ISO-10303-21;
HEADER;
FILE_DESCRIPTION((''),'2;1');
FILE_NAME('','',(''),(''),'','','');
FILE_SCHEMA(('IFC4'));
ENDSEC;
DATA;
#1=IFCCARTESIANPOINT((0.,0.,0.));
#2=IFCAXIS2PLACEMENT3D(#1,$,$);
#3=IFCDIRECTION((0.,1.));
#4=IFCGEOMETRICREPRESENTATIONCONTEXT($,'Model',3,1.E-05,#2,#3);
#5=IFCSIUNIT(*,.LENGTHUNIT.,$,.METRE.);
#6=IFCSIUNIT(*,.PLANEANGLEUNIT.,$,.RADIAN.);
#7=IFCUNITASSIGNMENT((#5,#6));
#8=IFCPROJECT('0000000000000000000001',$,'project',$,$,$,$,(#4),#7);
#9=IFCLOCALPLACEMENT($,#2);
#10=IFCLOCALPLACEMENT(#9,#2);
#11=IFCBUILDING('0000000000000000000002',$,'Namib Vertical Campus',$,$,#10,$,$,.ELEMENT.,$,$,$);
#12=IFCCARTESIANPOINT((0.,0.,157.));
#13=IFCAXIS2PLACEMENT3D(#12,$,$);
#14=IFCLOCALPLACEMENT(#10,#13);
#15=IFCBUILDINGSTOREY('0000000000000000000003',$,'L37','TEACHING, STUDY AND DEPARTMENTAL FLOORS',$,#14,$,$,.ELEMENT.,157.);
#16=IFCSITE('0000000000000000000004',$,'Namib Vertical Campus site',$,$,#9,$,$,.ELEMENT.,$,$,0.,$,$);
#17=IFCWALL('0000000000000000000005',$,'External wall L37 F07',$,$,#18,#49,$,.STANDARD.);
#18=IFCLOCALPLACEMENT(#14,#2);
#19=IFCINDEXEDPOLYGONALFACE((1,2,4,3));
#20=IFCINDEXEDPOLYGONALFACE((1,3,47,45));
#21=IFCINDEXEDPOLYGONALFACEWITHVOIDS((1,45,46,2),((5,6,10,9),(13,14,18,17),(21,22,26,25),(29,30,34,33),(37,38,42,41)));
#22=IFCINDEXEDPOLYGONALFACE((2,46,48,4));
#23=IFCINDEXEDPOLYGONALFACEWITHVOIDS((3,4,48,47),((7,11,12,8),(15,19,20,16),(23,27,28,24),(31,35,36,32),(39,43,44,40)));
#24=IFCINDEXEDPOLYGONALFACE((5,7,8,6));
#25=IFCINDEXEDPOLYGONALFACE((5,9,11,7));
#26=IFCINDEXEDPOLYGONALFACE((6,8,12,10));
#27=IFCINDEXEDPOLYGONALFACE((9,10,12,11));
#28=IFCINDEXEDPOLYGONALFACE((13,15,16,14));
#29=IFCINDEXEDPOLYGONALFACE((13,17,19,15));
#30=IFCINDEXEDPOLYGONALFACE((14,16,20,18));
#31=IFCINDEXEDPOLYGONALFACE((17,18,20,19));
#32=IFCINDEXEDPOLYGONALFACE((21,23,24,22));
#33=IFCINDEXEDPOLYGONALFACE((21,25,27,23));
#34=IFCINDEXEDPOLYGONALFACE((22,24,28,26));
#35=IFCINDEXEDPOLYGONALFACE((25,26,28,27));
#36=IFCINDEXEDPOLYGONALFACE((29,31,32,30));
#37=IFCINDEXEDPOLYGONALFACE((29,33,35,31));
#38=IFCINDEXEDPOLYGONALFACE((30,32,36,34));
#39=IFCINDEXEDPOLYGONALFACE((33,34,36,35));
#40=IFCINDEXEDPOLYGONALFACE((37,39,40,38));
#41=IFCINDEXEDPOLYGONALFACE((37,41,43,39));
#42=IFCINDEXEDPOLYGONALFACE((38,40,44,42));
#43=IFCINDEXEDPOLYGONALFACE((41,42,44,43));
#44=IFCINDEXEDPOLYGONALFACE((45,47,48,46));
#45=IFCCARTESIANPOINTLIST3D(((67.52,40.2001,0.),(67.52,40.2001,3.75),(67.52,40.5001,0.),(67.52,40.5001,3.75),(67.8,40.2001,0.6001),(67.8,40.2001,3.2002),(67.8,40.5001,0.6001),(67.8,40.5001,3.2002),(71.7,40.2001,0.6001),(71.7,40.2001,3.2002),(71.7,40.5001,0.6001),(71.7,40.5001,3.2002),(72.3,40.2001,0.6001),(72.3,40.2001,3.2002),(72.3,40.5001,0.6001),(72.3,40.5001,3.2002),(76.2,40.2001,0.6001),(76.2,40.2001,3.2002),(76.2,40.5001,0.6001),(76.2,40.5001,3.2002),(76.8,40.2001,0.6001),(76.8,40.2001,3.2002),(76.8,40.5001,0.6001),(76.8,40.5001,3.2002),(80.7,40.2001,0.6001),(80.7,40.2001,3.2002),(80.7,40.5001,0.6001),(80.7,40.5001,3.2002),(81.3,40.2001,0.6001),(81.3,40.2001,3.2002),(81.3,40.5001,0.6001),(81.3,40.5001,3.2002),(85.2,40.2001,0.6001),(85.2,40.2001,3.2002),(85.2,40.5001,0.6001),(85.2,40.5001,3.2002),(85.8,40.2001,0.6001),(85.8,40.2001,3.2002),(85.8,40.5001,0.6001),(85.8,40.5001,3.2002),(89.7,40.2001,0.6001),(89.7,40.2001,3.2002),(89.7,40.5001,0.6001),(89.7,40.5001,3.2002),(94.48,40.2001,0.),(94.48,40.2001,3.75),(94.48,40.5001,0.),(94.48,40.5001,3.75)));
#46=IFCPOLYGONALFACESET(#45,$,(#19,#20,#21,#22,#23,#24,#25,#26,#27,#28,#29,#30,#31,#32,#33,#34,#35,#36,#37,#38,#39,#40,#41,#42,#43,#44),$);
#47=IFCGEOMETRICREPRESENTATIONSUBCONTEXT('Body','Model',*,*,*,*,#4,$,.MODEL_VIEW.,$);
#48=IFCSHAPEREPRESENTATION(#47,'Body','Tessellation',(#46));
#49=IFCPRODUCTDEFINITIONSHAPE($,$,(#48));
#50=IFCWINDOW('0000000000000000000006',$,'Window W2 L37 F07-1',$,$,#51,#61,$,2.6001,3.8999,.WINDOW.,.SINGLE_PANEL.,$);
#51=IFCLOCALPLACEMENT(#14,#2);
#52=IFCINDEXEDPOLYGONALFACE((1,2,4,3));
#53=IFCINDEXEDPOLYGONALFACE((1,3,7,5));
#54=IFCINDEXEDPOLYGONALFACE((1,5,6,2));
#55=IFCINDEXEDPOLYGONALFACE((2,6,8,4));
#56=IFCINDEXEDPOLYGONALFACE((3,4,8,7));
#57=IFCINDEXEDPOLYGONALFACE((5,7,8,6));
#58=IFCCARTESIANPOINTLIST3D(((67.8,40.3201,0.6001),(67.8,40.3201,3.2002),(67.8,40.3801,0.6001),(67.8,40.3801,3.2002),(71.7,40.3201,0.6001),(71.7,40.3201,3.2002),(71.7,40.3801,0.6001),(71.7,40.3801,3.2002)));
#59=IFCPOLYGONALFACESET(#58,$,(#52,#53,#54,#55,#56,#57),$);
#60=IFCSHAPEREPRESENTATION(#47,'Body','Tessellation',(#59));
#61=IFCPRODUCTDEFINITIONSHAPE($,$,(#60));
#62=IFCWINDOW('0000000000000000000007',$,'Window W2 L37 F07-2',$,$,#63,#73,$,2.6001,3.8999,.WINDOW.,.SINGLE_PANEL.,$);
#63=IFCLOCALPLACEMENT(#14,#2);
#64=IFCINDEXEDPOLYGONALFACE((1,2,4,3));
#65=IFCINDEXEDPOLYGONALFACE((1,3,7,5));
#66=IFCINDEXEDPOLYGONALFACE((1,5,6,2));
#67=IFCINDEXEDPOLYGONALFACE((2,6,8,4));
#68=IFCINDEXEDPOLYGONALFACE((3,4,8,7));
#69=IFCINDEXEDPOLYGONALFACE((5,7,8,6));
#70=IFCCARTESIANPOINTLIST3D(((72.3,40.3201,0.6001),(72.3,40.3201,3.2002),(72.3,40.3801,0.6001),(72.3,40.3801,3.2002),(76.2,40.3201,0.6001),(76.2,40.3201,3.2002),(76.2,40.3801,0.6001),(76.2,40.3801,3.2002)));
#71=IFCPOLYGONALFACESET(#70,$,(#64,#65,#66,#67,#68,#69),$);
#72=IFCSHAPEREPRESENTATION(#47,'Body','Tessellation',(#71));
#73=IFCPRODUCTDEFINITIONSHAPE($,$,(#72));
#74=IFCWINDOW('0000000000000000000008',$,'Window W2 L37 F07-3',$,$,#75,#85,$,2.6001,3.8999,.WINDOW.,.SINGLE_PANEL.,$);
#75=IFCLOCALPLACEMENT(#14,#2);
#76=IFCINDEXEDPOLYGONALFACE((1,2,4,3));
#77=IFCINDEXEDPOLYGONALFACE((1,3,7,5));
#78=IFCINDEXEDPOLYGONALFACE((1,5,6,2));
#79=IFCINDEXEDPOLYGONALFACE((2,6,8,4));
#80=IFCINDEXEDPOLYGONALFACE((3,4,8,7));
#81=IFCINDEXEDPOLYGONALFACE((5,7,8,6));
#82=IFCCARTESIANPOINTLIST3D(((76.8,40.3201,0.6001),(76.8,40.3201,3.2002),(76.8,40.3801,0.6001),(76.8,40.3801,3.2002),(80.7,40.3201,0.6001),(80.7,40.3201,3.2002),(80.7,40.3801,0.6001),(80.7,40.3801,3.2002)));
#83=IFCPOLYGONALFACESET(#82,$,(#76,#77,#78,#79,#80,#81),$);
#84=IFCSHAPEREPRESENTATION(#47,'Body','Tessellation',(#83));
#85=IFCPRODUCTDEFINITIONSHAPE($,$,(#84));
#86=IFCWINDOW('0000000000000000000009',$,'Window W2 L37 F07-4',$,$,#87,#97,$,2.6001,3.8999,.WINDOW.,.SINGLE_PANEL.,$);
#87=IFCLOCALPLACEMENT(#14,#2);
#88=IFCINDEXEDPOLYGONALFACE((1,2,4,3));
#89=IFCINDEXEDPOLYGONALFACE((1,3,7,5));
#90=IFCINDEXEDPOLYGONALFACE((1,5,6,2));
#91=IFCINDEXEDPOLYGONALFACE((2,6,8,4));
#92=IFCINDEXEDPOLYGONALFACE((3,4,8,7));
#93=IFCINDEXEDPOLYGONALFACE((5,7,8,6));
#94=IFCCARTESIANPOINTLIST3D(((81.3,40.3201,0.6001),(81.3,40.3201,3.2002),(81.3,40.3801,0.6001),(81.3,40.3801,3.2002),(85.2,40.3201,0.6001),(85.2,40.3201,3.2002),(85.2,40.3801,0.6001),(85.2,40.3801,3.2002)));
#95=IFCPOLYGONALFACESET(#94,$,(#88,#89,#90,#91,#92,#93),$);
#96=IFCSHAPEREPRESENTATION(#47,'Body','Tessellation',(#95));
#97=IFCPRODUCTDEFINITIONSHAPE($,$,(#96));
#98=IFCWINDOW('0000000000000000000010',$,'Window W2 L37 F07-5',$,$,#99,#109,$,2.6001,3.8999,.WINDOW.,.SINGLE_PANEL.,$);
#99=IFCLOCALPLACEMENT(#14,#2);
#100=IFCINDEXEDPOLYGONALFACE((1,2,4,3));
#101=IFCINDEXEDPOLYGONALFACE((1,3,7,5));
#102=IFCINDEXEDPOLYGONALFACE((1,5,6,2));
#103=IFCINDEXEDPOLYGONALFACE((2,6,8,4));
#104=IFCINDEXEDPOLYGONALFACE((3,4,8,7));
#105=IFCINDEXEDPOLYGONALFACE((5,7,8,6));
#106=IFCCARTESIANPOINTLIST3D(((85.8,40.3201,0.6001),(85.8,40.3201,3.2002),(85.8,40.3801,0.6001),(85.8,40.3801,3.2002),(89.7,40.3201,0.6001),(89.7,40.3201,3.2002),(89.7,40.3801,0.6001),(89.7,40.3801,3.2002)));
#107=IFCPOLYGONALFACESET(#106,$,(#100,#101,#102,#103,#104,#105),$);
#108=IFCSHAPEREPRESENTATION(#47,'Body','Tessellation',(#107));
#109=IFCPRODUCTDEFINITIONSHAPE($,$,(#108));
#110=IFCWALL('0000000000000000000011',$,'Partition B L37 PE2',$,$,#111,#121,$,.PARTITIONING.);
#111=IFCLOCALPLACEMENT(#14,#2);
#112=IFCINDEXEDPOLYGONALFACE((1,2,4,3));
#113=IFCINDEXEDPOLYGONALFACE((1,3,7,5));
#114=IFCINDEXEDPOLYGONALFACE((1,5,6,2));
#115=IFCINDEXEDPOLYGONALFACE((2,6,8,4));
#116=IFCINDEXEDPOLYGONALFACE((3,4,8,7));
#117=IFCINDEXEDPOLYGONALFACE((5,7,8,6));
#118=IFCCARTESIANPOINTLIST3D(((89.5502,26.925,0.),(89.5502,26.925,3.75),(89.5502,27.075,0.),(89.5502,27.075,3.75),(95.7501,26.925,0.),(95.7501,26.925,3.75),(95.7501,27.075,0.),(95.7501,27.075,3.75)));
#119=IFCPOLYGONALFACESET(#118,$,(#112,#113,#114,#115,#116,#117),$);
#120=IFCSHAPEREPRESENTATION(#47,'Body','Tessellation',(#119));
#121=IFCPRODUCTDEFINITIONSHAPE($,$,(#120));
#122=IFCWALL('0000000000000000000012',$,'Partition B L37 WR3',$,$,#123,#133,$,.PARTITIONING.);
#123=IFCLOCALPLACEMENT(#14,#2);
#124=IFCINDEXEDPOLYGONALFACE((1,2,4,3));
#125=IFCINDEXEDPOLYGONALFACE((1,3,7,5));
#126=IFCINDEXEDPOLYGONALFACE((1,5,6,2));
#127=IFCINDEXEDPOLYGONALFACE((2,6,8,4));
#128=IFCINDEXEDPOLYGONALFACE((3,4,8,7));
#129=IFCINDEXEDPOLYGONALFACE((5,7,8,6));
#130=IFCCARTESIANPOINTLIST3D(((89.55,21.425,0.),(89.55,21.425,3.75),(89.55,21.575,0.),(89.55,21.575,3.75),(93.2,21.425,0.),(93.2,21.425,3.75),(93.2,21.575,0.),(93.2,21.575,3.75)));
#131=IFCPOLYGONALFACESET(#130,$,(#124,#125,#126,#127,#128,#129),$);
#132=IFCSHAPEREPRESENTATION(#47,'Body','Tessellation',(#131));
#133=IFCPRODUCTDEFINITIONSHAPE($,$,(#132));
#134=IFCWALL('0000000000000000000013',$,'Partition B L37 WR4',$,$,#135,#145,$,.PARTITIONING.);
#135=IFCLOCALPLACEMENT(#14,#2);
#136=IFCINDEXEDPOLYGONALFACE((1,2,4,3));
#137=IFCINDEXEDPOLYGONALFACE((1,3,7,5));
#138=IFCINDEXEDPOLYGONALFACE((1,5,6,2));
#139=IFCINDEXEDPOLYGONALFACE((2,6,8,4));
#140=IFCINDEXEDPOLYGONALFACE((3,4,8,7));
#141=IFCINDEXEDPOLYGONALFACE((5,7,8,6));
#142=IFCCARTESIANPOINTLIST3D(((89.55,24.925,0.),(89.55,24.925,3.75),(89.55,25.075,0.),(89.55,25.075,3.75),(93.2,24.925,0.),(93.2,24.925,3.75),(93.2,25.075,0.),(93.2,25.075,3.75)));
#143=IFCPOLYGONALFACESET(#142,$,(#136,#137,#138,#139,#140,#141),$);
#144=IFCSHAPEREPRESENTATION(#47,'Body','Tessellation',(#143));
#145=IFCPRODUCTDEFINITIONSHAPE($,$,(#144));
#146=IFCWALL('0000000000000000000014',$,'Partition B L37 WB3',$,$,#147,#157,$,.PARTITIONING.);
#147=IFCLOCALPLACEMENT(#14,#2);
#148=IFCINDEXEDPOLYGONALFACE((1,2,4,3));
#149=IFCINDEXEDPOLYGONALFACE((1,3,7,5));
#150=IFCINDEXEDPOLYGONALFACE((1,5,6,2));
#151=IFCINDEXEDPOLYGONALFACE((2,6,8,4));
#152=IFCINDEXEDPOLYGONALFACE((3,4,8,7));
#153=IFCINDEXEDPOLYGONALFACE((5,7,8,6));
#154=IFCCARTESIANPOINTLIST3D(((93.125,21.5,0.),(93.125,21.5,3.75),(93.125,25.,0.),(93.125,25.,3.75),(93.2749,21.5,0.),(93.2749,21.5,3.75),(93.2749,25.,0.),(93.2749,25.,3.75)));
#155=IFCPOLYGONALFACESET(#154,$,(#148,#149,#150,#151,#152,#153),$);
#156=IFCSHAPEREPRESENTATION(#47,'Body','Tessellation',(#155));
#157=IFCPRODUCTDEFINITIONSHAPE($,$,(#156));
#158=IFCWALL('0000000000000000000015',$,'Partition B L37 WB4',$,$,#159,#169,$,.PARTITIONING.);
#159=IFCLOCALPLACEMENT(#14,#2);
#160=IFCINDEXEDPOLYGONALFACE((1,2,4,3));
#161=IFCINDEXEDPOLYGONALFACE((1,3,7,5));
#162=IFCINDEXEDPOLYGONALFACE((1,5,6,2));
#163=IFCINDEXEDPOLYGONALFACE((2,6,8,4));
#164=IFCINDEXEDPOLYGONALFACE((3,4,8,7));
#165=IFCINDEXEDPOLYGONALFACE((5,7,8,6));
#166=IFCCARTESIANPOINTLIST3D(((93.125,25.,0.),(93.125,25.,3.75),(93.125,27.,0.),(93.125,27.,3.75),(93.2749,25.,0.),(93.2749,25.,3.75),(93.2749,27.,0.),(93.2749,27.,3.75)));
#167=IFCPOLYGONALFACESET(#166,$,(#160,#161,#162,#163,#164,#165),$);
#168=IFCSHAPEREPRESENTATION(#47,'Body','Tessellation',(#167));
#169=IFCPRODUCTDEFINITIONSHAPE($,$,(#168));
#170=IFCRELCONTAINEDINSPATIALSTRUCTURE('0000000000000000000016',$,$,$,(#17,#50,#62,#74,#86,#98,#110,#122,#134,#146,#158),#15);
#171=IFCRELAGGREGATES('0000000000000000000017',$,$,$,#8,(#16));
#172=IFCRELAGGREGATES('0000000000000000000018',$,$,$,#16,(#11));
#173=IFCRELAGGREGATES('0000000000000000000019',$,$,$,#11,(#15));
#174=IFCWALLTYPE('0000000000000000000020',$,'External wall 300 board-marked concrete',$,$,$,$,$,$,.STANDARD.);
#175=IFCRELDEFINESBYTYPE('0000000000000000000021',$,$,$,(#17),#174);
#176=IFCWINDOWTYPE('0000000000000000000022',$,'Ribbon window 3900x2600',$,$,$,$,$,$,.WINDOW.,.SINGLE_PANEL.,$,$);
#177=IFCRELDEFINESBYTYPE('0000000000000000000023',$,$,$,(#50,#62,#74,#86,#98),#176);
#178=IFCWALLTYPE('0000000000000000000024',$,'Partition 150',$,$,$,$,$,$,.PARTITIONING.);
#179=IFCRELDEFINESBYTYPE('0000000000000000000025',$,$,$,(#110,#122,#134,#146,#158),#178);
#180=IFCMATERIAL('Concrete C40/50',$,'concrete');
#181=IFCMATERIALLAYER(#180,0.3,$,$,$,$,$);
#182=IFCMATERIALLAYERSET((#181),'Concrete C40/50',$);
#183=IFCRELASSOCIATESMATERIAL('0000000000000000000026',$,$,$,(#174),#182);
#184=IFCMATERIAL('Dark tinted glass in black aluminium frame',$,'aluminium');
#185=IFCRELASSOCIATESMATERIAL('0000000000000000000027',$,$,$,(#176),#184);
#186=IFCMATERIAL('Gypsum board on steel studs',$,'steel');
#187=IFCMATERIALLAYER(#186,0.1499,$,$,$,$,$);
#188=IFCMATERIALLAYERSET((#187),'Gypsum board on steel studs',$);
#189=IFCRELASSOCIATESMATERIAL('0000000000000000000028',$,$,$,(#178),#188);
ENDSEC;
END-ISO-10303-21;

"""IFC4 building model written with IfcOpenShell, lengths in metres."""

from ifc_helpers import new_model, si_unit, direction, frame, frame_2d, origin, place, context, subcontext, project, spatial, rectangle, extrude, material, layer, layer_set, type_object, element, fill, save


model = new_model("IFC4")

# Units and contexts
model_context = context("Model", 3, precision=1e-05, world=origin(), true_north=direction((0.0, 1.0)))
body_context = subcontext(model_context, "Body", "Model", "MODEL_VIEW")
ifc_project = project(units=[si_unit("LENGTHUNIT", "METRE"), si_unit("PLANEANGLEUNIT", "RADIAN")], contexts=[model_context])

# Site, building, storey
site_placement = place(None, origin())
site = spatial("IfcSite", under=ifc_project, at=site_placement, Name="Namib Vertical Campus site", CompositionType="ELEMENT", RefElevation=0.0)
building_placement = place(site_placement, origin())
building = spatial("IfcBuilding", under=site, at=building_placement, Name="Namib Vertical Campus", CompositionType="ELEMENT")
storey_placement = place(building_placement, frame((0.0, 0.0, 157.0)))
storey = spatial("IfcBuildingStorey", under=building, at=storey_placement, Name="L37", Description="TEACHING, STUDY AND DEPARTMENTAL FLOORS", CompositionType="ELEMENT", Elevation=157.0)

# Shared definitions
ifc_material_1 = material(Name="Concrete C40/50", Category="concrete")
ifc_layer_1 = layer(ifc_material_1, 0.3)
ifc_layer_set_1 = layer_set([ifc_layer_1], Name="Concrete C40/50")
wall_type_1 = type_object("IfcWallType", Name="External wall 300 board-marked concrete", PredefinedType="STANDARD", material=ifc_layer_set_1)

# Wall, openings, windows
wall_1_placement = place(storey_placement, frame((94.48, 40.3501, 0.0), z_axis=(0.0, 0.0, 1.0), x_axis=(-1.0, 0.0, 0.0)))
wall_1 = element("IfcWall", 1, at=wall_1_placement, inside=storey, type_object=wall_type_1, Name="External wall L37 F07", PredefinedType="STANDARD", context=body_context, shape_type="SweptSolid", body=[
    extrude(rectangle(XDim=26.96, YDim=0.3, at=frame_2d((13.48, 0.0))), origin(), (0.0, 0.0, 1.0), 3.75),
])
opening_1_placement = place(wall_1_placement, frame((22.78, 0.0, 0.6001)))
opening_1 = element("IfcOpeningElement", 2, at=opening_1_placement, cuts=wall_1, PredefinedType="OPENING", context=body_context, shape_type="SweptSolid", body=[
    extrude(rectangle(XDim=3.8999, YDim=2.6001, at=frame_2d((1.95, 1.3))), frame((0.0, 0.1599, 0.0), z_axis=(0.0, -1.0, 0.0), x_axis=(1.0, 0.0, 0.0)), (0.0, 0.0, 1.0), 0.3201),
])
opening_2_placement = place(wall_1_placement, frame((18.28, 0.0, 0.6001)))
opening_2 = element("IfcOpeningElement", 3, at=opening_2_placement, cuts=wall_1, PredefinedType="OPENING", context=body_context, shape_type="SweptSolid", body=[
    extrude(rectangle(XDim=3.8999, YDim=2.6001, at=frame_2d((1.95, 1.3))), frame((0.0, 0.1599, 0.0), z_axis=(0.0, -1.0, 0.0), x_axis=(1.0, 0.0, 0.0)), (0.0, 0.0, 1.0), 0.3201),
])
opening_3_placement = place(wall_1_placement, frame((13.78, 0.0, 0.6001)))
opening_3 = element("IfcOpeningElement", 4, at=opening_3_placement, cuts=wall_1, PredefinedType="OPENING", context=body_context, shape_type="SweptSolid", body=[
    extrude(rectangle(XDim=3.8999, YDim=2.6001, at=frame_2d((1.95, 1.3))), frame((0.0, 0.1599, 0.0), z_axis=(0.0, -1.0, 0.0), x_axis=(1.0, 0.0, 0.0)), (0.0, 0.0, 1.0), 0.3201),
])
opening_4_placement = place(wall_1_placement, frame((9.28, 0.0, 0.6001)))
opening_4 = element("IfcOpeningElement", 5, at=opening_4_placement, cuts=wall_1, PredefinedType="OPENING", context=body_context, shape_type="SweptSolid", body=[
    extrude(rectangle(XDim=3.8999, YDim=2.6001, at=frame_2d((1.95, 1.3))), frame((0.0, 0.1599, 0.0), z_axis=(0.0, -1.0, 0.0), x_axis=(1.0, 0.0, 0.0)), (0.0, 0.0, 1.0), 0.3201),
])
opening_5_placement = place(wall_1_placement, frame((4.78, 0.0, 0.6001)))
opening_5 = element("IfcOpeningElement", 6, at=opening_5_placement, cuts=wall_1, PredefinedType="OPENING", context=body_context, shape_type="SweptSolid", body=[
    extrude(rectangle(XDim=3.8999, YDim=2.6001, at=frame_2d((1.95, 1.3))), frame((0.0, 0.1599, 0.0), z_axis=(0.0, -1.0, 0.0), x_axis=(1.0, 0.0, 0.0)), (0.0, 0.0, 1.0), 0.3201),
])
ifc_material_2 = material(Name="Dark tinted glass in black aluminium frame", Category="aluminium")
window_type = type_object("IfcWindowType", Name="Ribbon window 3900x2600", PartitioningType="SINGLE_PANEL", PredefinedType="WINDOW", material=ifc_material_2)
window_1_placement = place(opening_1_placement, origin())
window_1 = element("IfcWindow", 7, at=window_1_placement, inside=storey, type_object=window_type, Name="Window W2 L37 F07-1", OverallHeight=2.6001, OverallWidth=3.8999, PartitioningType="SINGLE_PANEL", PredefinedType="WINDOW", context=body_context, shape_type="SweptSolid", body=[
    extrude(rectangle(XDim=3.8999, YDim=2.6001, at=frame_2d((1.95, 1.3))), frame((0.0, 0.03, 0.0), z_axis=(0.0, -1.0, 0.0), x_axis=(1.0, 0.0, 0.0)), (0.0, 0.0, 1.0), 0.0601),
])
fill(opening_1, window_1)
window_2_placement = place(opening_2_placement, origin())
window_2 = element("IfcWindow", 8, at=window_2_placement, inside=storey, type_object=window_type, Name="Window W2 L37 F07-2", OverallHeight=2.6001, OverallWidth=3.8999, PartitioningType="SINGLE_PANEL", PredefinedType="WINDOW", context=body_context, shape_type="SweptSolid", body=[
    extrude(rectangle(XDim=3.8999, YDim=2.6001, at=frame_2d((1.95, 1.3))), frame((0.0, 0.03, 0.0), z_axis=(0.0, -1.0, 0.0), x_axis=(1.0, 0.0, 0.0)), (0.0, 0.0, 1.0), 0.0601),
])
fill(opening_2, window_2)
window_3_placement = place(opening_3_placement, origin())
window_3 = element("IfcWindow", 9, at=window_3_placement, inside=storey, type_object=window_type, Name="Window W2 L37 F07-3", OverallHeight=2.6001, OverallWidth=3.8999, PartitioningType="SINGLE_PANEL", PredefinedType="WINDOW", context=body_context, shape_type="SweptSolid", body=[
    extrude(rectangle(XDim=3.8999, YDim=2.6001, at=frame_2d((1.95, 1.3))), frame((0.0, 0.03, 0.0), z_axis=(0.0, -1.0, 0.0), x_axis=(1.0, 0.0, 0.0)), (0.0, 0.0, 1.0), 0.0601),
])
fill(opening_3, window_3)
window_4_placement = place(opening_4_placement, origin())
window_4 = element("IfcWindow", 10, at=window_4_placement, inside=storey, type_object=window_type, Name="Window W2 L37 F07-4", OverallHeight=2.6001, OverallWidth=3.8999, PartitioningType="SINGLE_PANEL", PredefinedType="WINDOW", context=body_context, shape_type="SweptSolid", body=[
    extrude(rectangle(XDim=3.8999, YDim=2.6001, at=frame_2d((1.95, 1.3))), frame((0.0, 0.03, 0.0), z_axis=(0.0, -1.0, 0.0), x_axis=(1.0, 0.0, 0.0)), (0.0, 0.0, 1.0), 0.0601),
])
fill(opening_4, window_4)
window_5_placement = place(opening_5_placement, origin())
window_5 = element("IfcWindow", 11, at=window_5_placement, inside=storey, type_object=window_type, Name="Window W2 L37 F07-5", OverallHeight=2.6001, OverallWidth=3.8999, PartitioningType="SINGLE_PANEL", PredefinedType="WINDOW", context=body_context, shape_type="SweptSolid", body=[
    extrude(rectangle(XDim=3.8999, YDim=2.6001, at=frame_2d((1.95, 1.3))), frame((0.0, 0.03, 0.0), z_axis=(0.0, -1.0, 0.0), x_axis=(1.0, 0.0, 0.0)), (0.0, 0.0, 1.0), 0.0601),
])
fill(opening_5, window_5)

# Walls
ifc_material_3 = material(Name="Gypsum board on steel studs", Category="steel")
ifc_layer_2 = layer(ifc_material_3, 0.1499)
ifc_layer_set_2 = layer_set([ifc_layer_2], Name="Gypsum board on steel studs")
wall_type_2 = type_object("IfcWallType", Name="Partition 150", PredefinedType="PARTITIONING", material=ifc_layer_set_2)
wall_2_placement = place(storey_placement, frame((89.55, 27.0, 0.0), z_axis=(0.0, 0.0, 1.0), x_axis=(1.0, 0.0, 0.0)))
element("IfcWall", 12, at=wall_2_placement, inside=storey, type_object=wall_type_2, Name="Partition B L37 PE2", PredefinedType="PARTITIONING", context=body_context, shape_type="SweptSolid", body=[
    extrude(rectangle(XDim=6.2, YDim=0.1499, at=frame_2d((3.1001, 0.0))), origin(), (0.0, 0.0, 1.0), 3.75),
])
for number, where, z_axis, x_axis, name in (
    (13, (89.55, 21.5, 0.0), (0.0, 0.0, 1.0), (1.0, 0.0, 0.0), "Partition B L37 WR3"),
    (14, (89.55, 25.0, 0.0), (0.0, 0.0, 1.0), (1.0, 0.0, 0.0), "Partition B L37 WR4"),
):
    element("IfcWall", number, at=place(storey_placement, frame(where, z_axis=z_axis, x_axis=x_axis)), inside=storey, type_object=wall_type_2, Name=name, PredefinedType="PARTITIONING", context=body_context, shape_type="SweptSolid", body=[
        extrude(rectangle(XDim=3.6499, YDim=0.1499, at=frame_2d((1.825, 0.0))), origin(), (0.0, 0.0, 1.0), 3.75),
    ])
wall_3_placement = place(storey_placement, frame((93.2, 21.5, 0.0), z_axis=(0.0, 0.0, 1.0), x_axis=(0.0, 1.0, 0.0)))
element("IfcWall", 15, at=wall_3_placement, inside=storey, type_object=wall_type_2, Name="Partition B L37 WB3", PredefinedType="PARTITIONING", context=body_context, shape_type="SweptSolid", body=[
    extrude(rectangle(XDim=3.5, YDim=0.1499, at=frame_2d((1.75, 0.0))), origin(), (0.0, 0.0, 1.0), 3.75),
])
wall_4_placement = place(storey_placement, frame((93.2, 25.0, 0.0), z_axis=(0.0, 0.0, 1.0), x_axis=(0.0, 1.0, 0.0)))
element("IfcWall", 16, at=wall_4_placement, inside=storey, type_object=wall_type_2, Name="Partition B L37 WB4", PredefinedType="PARTITIONING", context=body_context, shape_type="SweptSolid", body=[
    extrude(rectangle(XDim=2.0, YDim=0.1499, at=frame_2d((1.0, 0.0))), origin(), (0.0, 0.0, 1.0), 3.75),
])

save(model, "model.ifc")
